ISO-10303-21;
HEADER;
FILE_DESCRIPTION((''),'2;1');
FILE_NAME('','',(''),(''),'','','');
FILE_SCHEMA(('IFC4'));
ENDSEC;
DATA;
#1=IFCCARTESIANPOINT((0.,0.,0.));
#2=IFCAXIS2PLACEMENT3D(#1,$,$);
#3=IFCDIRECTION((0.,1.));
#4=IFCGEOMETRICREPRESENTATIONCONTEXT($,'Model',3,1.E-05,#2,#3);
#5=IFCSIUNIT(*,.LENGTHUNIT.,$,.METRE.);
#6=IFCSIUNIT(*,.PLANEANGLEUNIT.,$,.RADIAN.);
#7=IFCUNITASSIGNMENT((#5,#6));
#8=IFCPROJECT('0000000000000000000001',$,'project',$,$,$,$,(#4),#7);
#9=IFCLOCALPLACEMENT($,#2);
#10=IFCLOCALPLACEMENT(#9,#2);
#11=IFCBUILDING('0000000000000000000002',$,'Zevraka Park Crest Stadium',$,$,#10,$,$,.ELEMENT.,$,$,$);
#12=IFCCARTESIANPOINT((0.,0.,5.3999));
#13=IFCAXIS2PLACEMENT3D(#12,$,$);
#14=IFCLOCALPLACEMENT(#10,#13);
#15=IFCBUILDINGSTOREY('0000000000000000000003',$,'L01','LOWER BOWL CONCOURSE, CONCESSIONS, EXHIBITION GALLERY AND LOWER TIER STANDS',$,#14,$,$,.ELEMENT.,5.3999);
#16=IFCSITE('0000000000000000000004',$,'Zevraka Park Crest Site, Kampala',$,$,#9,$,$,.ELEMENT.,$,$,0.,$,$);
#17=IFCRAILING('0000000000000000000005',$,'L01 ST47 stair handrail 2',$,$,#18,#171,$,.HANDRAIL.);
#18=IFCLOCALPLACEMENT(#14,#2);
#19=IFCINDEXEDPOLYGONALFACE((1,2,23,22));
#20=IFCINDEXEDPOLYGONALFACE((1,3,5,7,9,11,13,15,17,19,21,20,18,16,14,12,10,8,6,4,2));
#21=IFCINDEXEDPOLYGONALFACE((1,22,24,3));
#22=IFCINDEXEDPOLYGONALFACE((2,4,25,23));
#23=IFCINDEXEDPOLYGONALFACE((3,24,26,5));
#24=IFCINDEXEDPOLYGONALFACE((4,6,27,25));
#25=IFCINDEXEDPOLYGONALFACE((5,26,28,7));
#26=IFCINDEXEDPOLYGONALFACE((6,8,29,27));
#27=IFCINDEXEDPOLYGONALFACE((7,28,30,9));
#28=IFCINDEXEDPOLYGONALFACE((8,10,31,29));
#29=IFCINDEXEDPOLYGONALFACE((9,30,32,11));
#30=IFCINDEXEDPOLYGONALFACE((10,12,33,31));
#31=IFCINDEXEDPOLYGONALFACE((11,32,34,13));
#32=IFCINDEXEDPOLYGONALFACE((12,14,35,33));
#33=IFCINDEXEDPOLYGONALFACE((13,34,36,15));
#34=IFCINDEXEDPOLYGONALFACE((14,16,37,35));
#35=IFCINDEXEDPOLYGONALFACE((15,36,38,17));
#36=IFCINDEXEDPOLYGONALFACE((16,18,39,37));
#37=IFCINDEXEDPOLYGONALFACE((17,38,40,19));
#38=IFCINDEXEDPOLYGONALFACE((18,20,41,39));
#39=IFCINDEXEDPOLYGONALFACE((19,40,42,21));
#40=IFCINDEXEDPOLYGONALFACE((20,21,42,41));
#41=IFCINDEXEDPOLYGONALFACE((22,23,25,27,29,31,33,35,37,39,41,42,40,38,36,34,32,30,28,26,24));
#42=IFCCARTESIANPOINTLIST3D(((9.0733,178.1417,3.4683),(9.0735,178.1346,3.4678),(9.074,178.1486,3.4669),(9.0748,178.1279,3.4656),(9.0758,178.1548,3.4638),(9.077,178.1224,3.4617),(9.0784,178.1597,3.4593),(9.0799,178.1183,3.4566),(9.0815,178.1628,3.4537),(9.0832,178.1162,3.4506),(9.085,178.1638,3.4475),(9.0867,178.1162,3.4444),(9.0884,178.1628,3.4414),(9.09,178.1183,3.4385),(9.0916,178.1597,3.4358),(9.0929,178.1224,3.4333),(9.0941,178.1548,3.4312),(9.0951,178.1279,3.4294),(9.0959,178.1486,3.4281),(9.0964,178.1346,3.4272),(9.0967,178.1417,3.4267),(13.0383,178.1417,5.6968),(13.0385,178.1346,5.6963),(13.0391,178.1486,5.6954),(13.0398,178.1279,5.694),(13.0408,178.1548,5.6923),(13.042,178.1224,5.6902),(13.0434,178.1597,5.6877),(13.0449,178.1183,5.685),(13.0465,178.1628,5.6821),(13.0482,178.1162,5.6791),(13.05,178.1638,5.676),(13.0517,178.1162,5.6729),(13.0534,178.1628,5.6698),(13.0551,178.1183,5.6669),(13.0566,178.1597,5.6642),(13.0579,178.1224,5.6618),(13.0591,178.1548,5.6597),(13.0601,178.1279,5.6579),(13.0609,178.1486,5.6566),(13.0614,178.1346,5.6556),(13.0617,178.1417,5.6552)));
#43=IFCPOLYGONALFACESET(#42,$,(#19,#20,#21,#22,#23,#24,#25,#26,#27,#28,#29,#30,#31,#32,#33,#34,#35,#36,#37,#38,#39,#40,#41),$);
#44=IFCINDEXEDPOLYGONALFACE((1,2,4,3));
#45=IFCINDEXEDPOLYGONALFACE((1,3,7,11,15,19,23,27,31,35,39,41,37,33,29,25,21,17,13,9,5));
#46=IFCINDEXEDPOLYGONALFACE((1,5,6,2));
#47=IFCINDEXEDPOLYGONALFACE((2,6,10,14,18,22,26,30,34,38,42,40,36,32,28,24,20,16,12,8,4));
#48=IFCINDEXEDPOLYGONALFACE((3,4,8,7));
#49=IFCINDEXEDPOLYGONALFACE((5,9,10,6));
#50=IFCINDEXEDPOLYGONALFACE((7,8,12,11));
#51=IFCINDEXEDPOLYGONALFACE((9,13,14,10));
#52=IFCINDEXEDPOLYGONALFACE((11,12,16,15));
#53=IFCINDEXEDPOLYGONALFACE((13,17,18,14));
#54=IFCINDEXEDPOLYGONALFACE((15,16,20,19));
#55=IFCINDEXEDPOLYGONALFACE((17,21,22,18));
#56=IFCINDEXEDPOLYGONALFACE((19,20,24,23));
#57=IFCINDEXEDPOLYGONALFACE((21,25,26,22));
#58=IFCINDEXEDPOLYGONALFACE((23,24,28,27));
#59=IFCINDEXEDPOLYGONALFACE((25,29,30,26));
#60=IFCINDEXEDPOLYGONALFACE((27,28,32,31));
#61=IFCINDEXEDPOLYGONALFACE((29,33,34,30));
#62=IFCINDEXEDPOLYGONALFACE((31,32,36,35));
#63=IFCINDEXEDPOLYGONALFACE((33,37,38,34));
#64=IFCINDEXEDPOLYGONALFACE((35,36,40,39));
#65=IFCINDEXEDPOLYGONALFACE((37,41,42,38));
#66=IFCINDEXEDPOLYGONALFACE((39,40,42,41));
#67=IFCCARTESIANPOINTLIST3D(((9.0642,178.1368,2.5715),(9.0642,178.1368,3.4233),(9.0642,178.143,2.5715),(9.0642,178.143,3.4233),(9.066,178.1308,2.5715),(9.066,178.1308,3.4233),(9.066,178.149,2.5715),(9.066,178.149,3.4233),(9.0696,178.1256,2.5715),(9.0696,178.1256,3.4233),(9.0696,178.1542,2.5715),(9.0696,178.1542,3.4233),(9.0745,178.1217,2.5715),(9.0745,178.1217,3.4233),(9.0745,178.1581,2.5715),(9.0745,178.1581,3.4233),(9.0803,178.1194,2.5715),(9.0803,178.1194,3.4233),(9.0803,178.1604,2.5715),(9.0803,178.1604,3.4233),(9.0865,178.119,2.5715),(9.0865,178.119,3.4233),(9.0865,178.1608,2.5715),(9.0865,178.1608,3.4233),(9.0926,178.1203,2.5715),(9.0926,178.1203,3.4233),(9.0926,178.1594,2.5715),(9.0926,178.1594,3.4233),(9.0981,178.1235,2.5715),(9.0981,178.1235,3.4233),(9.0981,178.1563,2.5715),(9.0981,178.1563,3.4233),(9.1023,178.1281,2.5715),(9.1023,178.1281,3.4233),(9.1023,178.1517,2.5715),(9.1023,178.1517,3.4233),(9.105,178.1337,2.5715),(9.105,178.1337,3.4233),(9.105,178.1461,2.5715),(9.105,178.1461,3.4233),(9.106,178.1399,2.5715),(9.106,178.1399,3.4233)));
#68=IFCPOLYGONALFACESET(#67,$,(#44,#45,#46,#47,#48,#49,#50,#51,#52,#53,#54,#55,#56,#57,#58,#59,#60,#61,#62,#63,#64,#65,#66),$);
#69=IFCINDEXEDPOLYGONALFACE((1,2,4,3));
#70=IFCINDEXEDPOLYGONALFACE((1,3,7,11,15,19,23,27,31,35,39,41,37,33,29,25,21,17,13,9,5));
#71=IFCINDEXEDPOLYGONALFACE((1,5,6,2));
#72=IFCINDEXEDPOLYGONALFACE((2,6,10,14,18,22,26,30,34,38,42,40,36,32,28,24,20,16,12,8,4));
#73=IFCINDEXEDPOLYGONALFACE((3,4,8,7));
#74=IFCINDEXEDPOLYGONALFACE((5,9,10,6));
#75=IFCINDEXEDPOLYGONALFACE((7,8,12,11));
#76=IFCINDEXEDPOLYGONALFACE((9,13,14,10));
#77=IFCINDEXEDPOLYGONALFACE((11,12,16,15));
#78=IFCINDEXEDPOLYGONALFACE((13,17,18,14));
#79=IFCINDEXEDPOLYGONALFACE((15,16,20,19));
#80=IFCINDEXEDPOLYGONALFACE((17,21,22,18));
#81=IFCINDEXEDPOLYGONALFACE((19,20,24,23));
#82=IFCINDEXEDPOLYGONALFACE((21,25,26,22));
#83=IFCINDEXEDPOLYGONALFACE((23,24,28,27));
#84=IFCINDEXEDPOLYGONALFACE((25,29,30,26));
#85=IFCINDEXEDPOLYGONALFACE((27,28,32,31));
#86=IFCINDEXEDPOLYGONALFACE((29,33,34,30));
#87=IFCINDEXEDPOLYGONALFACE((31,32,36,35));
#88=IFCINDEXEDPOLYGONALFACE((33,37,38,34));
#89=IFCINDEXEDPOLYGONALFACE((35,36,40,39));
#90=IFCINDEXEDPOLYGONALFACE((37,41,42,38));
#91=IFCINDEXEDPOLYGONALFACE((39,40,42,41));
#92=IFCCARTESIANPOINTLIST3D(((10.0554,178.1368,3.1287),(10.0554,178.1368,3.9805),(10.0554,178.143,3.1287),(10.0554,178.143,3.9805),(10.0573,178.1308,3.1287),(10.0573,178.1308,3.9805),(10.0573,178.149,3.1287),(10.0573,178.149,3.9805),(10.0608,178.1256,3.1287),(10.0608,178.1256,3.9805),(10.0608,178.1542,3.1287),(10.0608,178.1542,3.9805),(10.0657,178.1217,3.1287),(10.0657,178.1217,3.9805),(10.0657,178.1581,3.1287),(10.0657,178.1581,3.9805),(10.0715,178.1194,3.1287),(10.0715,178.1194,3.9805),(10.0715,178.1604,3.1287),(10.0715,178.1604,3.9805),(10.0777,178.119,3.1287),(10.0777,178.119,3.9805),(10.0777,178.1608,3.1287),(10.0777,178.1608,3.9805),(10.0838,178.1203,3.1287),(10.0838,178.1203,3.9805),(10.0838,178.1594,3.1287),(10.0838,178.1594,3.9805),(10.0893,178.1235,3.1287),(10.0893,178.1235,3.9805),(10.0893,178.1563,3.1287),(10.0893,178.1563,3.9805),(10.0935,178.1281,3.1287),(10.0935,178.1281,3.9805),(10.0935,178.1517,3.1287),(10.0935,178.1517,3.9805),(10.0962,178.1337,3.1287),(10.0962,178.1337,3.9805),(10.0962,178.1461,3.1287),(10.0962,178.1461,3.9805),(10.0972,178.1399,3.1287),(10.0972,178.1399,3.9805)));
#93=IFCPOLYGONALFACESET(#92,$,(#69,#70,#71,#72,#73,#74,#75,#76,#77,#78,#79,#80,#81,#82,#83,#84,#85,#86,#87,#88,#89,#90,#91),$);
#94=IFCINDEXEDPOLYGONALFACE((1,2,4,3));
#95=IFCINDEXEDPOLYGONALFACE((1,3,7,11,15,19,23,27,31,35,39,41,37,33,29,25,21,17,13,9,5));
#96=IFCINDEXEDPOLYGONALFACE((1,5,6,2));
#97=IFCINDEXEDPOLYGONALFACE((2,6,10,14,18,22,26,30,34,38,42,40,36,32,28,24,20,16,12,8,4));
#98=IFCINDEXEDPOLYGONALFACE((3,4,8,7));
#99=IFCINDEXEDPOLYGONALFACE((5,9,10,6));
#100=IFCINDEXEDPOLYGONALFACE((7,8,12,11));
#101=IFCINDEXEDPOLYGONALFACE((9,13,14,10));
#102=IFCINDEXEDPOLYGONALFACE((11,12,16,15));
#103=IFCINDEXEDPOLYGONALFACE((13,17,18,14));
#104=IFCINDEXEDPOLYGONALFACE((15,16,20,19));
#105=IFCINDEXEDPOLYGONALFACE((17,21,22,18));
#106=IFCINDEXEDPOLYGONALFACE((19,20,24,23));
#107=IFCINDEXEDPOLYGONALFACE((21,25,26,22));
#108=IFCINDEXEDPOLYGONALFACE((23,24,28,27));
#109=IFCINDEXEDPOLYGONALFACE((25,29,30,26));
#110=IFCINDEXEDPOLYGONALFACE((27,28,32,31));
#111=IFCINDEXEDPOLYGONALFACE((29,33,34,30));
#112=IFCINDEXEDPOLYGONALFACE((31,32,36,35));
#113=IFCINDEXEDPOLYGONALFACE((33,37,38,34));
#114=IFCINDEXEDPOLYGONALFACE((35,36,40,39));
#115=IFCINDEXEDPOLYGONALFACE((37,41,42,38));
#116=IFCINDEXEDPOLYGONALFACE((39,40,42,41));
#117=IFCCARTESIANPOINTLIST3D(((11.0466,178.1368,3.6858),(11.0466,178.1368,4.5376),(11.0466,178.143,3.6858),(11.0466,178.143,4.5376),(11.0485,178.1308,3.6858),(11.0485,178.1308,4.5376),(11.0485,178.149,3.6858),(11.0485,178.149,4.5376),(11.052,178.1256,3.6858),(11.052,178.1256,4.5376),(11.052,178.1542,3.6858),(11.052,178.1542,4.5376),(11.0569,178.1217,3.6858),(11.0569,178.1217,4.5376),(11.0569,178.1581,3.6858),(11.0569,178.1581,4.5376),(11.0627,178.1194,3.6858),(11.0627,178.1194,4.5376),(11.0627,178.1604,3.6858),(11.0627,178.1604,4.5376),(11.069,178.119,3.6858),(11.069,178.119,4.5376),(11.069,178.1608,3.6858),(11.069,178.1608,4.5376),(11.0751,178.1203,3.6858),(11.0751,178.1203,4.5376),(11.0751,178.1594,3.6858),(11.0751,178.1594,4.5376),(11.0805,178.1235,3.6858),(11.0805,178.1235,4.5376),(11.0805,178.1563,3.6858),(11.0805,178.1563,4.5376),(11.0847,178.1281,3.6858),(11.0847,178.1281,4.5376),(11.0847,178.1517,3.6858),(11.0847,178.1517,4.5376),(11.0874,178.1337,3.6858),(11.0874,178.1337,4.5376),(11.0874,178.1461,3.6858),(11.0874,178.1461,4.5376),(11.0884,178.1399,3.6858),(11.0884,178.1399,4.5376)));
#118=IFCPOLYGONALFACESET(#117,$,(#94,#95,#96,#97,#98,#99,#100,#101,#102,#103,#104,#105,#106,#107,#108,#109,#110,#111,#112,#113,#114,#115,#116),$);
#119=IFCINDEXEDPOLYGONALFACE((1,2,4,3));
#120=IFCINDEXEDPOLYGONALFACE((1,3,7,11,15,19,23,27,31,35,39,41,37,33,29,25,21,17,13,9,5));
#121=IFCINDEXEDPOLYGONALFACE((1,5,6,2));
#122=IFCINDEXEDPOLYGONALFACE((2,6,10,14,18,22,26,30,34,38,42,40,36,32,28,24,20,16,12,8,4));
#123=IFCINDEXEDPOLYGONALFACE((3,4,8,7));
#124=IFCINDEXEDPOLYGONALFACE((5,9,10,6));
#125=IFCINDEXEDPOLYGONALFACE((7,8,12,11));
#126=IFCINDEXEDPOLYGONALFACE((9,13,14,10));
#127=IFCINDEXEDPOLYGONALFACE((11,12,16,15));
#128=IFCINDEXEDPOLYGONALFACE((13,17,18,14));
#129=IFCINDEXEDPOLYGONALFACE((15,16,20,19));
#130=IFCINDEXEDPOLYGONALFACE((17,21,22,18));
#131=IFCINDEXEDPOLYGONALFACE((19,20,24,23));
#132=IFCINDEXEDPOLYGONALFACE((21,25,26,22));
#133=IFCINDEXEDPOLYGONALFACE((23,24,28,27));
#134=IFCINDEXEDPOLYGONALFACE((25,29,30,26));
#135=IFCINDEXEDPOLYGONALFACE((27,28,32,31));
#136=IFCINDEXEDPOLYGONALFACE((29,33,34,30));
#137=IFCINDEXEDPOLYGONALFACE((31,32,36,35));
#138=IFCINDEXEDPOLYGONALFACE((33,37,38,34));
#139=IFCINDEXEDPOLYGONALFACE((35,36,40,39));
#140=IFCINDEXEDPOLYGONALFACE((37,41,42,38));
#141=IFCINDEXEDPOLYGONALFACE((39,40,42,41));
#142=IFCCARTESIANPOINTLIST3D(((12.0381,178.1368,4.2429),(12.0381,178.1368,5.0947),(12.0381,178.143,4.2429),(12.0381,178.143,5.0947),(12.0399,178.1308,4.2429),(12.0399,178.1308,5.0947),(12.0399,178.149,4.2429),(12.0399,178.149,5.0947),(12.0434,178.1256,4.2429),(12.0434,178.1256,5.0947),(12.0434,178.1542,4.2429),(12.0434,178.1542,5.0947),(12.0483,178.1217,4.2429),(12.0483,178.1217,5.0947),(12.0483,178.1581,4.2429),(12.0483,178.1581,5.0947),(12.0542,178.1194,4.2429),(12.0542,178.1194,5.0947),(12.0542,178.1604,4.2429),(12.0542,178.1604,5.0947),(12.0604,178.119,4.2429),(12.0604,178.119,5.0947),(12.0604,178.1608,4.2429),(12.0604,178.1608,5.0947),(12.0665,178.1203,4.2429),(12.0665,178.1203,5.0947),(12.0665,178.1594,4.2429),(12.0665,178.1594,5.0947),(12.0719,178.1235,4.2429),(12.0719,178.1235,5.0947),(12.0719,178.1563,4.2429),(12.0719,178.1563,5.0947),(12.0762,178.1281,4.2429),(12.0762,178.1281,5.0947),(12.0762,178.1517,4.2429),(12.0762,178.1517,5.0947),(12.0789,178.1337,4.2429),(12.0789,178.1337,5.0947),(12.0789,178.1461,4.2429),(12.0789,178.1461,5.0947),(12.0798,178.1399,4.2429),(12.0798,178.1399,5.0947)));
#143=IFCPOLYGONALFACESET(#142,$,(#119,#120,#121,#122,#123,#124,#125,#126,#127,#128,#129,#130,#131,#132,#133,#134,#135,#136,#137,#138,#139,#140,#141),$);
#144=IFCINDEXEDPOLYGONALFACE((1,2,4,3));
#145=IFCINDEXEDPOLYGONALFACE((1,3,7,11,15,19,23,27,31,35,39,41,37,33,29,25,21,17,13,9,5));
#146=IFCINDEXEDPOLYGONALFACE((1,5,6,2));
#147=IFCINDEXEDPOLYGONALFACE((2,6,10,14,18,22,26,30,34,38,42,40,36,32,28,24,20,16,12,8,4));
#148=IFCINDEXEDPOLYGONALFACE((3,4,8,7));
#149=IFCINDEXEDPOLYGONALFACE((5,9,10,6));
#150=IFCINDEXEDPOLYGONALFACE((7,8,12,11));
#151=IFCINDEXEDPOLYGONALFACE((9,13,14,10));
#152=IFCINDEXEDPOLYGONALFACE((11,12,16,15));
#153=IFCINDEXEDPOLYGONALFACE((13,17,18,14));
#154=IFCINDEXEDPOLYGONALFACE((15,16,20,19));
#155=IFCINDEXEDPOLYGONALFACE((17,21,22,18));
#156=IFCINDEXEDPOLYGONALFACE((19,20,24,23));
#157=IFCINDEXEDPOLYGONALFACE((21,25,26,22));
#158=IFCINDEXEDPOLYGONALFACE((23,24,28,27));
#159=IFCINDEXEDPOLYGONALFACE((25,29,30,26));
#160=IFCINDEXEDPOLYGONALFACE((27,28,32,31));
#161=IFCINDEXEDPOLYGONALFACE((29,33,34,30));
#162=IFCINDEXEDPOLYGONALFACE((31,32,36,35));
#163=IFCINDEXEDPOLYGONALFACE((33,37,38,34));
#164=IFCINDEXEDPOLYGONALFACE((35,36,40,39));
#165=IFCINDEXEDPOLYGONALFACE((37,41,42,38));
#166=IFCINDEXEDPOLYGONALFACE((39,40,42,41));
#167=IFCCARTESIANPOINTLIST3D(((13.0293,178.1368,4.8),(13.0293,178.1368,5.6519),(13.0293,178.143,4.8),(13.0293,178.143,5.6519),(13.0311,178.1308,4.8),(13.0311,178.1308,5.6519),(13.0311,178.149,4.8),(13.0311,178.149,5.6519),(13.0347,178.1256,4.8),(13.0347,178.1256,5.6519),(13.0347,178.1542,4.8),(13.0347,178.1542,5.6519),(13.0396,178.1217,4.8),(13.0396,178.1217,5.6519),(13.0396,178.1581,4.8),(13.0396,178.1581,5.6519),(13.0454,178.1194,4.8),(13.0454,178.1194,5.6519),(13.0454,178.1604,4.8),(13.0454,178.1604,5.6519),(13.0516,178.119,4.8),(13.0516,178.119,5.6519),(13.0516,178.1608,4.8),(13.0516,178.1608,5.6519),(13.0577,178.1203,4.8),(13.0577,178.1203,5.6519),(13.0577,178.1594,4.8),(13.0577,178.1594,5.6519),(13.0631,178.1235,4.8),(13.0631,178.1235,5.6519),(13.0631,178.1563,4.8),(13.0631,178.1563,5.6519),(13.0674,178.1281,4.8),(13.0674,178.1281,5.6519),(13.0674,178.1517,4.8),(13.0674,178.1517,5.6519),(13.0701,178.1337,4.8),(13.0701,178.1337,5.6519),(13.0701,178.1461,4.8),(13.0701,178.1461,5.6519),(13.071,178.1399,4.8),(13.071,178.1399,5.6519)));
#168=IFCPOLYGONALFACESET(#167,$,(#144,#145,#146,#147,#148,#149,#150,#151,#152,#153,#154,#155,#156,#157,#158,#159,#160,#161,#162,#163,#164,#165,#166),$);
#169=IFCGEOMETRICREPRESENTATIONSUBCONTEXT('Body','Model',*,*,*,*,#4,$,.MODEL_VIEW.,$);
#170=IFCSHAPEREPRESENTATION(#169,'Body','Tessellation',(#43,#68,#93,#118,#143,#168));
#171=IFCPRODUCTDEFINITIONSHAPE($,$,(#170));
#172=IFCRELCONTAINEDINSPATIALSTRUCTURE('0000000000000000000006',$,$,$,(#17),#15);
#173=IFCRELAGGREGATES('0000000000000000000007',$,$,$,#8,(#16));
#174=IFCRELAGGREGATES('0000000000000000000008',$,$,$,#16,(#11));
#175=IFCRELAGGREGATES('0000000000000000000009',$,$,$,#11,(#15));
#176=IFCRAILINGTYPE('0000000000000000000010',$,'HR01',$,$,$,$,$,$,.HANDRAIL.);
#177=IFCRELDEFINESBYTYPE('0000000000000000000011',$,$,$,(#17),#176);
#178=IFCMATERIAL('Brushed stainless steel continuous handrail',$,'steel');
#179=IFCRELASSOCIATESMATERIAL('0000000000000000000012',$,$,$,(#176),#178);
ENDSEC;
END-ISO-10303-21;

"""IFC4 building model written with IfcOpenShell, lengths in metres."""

from ifc_helpers import new_model, si_unit, direction, frame, origin, origin_2d, place, context, subcontext, project, spatial, circle, extrude, material, type_object, element, save


model = new_model("IFC4")

# Units and contexts
model_context = context("Model", 3, precision=1e-05, world=origin(), true_north=direction((0.0, 1.0)))
body_context = subcontext(model_context, "Body", "Model", "MODEL_VIEW")
ifc_project = project(units=[si_unit("LENGTHUNIT", "METRE"), si_unit("PLANEANGLEUNIT", "RADIAN")], contexts=[model_context])

# Site, building, storey
site_placement = place(None, origin())
site = spatial("IfcSite", under=ifc_project, at=site_placement, Name="Zevraka Park Crest Site, Kampala", CompositionType="ELEMENT", RefElevation=0.0)
building_placement = place(site_placement, origin())
building = spatial("IfcBuilding", under=site, at=building_placement, Name="Zevraka Park Crest Stadium", CompositionType="ELEMENT")
storey_placement = place(building_placement, frame((0.0, 0.0, 5.3999)))
storey = spatial("IfcBuildingStorey", under=building, at=storey_placement, Name="L01", Description="LOWER BOWL CONCOURSE, CONCESSIONS, EXHIBITION GALLERY AND LOWER TIER STANDS", CompositionType="ELEMENT", Elevation=5.3999)

# Railing
ifc_material_1 = material(Name="Brushed stainless steel continuous handrail", Category="steel")
railing_type_1 = type_object("IfcRailingType", Name="HR01", PredefinedType="HANDRAIL", material=ifc_material_1)
railing_1_placement = place(storey_placement, frame((9.085, 178.1399, 2.5715)))
element("IfcRailing", 1, at=railing_1_placement, inside=storey, type_object=railing_type_1, Name="L01 ST47 stair handrail 2", PredefinedType="HANDRAIL", context=body_context, shape_type="SweptSolid", body=[
    extrude(circle(Radius=0.0239, at=origin_2d()), frame((0.0, 0.0, 0.876), z_axis=(0.871749, 0.0, 0.489953), x_axis=(0.0, 1.0, 0.0)), (0.0, 0.0, 1.0), 4.5483),
    extrude(circle(Radius=0.021, at=origin_2d()), origin(), (0.0, 0.0, 1.0), 0.8518),
    extrude(circle(Radius=0.021, at=origin_2d()), frame((0.9912, 0.0, 0.5571)), (0.0, 0.0, 1.0), 0.8518),
    extrude(circle(Radius=0.021, at=origin_2d()), frame((1.9824, 0.0, 1.1143)), (0.0, 0.0, 1.0), 0.8518),
    extrude(circle(Radius=0.021, at=origin_2d()), frame((2.9739, 0.0, 1.6714)), (0.0, 0.0, 1.0), 0.8518),
    extrude(circle(Radius=0.021, at=origin_2d()), frame((3.9651, 0.0, 2.2285)), (0.0, 0.0, 1.0), 0.8518),
])

save(model, "model.ifc")
